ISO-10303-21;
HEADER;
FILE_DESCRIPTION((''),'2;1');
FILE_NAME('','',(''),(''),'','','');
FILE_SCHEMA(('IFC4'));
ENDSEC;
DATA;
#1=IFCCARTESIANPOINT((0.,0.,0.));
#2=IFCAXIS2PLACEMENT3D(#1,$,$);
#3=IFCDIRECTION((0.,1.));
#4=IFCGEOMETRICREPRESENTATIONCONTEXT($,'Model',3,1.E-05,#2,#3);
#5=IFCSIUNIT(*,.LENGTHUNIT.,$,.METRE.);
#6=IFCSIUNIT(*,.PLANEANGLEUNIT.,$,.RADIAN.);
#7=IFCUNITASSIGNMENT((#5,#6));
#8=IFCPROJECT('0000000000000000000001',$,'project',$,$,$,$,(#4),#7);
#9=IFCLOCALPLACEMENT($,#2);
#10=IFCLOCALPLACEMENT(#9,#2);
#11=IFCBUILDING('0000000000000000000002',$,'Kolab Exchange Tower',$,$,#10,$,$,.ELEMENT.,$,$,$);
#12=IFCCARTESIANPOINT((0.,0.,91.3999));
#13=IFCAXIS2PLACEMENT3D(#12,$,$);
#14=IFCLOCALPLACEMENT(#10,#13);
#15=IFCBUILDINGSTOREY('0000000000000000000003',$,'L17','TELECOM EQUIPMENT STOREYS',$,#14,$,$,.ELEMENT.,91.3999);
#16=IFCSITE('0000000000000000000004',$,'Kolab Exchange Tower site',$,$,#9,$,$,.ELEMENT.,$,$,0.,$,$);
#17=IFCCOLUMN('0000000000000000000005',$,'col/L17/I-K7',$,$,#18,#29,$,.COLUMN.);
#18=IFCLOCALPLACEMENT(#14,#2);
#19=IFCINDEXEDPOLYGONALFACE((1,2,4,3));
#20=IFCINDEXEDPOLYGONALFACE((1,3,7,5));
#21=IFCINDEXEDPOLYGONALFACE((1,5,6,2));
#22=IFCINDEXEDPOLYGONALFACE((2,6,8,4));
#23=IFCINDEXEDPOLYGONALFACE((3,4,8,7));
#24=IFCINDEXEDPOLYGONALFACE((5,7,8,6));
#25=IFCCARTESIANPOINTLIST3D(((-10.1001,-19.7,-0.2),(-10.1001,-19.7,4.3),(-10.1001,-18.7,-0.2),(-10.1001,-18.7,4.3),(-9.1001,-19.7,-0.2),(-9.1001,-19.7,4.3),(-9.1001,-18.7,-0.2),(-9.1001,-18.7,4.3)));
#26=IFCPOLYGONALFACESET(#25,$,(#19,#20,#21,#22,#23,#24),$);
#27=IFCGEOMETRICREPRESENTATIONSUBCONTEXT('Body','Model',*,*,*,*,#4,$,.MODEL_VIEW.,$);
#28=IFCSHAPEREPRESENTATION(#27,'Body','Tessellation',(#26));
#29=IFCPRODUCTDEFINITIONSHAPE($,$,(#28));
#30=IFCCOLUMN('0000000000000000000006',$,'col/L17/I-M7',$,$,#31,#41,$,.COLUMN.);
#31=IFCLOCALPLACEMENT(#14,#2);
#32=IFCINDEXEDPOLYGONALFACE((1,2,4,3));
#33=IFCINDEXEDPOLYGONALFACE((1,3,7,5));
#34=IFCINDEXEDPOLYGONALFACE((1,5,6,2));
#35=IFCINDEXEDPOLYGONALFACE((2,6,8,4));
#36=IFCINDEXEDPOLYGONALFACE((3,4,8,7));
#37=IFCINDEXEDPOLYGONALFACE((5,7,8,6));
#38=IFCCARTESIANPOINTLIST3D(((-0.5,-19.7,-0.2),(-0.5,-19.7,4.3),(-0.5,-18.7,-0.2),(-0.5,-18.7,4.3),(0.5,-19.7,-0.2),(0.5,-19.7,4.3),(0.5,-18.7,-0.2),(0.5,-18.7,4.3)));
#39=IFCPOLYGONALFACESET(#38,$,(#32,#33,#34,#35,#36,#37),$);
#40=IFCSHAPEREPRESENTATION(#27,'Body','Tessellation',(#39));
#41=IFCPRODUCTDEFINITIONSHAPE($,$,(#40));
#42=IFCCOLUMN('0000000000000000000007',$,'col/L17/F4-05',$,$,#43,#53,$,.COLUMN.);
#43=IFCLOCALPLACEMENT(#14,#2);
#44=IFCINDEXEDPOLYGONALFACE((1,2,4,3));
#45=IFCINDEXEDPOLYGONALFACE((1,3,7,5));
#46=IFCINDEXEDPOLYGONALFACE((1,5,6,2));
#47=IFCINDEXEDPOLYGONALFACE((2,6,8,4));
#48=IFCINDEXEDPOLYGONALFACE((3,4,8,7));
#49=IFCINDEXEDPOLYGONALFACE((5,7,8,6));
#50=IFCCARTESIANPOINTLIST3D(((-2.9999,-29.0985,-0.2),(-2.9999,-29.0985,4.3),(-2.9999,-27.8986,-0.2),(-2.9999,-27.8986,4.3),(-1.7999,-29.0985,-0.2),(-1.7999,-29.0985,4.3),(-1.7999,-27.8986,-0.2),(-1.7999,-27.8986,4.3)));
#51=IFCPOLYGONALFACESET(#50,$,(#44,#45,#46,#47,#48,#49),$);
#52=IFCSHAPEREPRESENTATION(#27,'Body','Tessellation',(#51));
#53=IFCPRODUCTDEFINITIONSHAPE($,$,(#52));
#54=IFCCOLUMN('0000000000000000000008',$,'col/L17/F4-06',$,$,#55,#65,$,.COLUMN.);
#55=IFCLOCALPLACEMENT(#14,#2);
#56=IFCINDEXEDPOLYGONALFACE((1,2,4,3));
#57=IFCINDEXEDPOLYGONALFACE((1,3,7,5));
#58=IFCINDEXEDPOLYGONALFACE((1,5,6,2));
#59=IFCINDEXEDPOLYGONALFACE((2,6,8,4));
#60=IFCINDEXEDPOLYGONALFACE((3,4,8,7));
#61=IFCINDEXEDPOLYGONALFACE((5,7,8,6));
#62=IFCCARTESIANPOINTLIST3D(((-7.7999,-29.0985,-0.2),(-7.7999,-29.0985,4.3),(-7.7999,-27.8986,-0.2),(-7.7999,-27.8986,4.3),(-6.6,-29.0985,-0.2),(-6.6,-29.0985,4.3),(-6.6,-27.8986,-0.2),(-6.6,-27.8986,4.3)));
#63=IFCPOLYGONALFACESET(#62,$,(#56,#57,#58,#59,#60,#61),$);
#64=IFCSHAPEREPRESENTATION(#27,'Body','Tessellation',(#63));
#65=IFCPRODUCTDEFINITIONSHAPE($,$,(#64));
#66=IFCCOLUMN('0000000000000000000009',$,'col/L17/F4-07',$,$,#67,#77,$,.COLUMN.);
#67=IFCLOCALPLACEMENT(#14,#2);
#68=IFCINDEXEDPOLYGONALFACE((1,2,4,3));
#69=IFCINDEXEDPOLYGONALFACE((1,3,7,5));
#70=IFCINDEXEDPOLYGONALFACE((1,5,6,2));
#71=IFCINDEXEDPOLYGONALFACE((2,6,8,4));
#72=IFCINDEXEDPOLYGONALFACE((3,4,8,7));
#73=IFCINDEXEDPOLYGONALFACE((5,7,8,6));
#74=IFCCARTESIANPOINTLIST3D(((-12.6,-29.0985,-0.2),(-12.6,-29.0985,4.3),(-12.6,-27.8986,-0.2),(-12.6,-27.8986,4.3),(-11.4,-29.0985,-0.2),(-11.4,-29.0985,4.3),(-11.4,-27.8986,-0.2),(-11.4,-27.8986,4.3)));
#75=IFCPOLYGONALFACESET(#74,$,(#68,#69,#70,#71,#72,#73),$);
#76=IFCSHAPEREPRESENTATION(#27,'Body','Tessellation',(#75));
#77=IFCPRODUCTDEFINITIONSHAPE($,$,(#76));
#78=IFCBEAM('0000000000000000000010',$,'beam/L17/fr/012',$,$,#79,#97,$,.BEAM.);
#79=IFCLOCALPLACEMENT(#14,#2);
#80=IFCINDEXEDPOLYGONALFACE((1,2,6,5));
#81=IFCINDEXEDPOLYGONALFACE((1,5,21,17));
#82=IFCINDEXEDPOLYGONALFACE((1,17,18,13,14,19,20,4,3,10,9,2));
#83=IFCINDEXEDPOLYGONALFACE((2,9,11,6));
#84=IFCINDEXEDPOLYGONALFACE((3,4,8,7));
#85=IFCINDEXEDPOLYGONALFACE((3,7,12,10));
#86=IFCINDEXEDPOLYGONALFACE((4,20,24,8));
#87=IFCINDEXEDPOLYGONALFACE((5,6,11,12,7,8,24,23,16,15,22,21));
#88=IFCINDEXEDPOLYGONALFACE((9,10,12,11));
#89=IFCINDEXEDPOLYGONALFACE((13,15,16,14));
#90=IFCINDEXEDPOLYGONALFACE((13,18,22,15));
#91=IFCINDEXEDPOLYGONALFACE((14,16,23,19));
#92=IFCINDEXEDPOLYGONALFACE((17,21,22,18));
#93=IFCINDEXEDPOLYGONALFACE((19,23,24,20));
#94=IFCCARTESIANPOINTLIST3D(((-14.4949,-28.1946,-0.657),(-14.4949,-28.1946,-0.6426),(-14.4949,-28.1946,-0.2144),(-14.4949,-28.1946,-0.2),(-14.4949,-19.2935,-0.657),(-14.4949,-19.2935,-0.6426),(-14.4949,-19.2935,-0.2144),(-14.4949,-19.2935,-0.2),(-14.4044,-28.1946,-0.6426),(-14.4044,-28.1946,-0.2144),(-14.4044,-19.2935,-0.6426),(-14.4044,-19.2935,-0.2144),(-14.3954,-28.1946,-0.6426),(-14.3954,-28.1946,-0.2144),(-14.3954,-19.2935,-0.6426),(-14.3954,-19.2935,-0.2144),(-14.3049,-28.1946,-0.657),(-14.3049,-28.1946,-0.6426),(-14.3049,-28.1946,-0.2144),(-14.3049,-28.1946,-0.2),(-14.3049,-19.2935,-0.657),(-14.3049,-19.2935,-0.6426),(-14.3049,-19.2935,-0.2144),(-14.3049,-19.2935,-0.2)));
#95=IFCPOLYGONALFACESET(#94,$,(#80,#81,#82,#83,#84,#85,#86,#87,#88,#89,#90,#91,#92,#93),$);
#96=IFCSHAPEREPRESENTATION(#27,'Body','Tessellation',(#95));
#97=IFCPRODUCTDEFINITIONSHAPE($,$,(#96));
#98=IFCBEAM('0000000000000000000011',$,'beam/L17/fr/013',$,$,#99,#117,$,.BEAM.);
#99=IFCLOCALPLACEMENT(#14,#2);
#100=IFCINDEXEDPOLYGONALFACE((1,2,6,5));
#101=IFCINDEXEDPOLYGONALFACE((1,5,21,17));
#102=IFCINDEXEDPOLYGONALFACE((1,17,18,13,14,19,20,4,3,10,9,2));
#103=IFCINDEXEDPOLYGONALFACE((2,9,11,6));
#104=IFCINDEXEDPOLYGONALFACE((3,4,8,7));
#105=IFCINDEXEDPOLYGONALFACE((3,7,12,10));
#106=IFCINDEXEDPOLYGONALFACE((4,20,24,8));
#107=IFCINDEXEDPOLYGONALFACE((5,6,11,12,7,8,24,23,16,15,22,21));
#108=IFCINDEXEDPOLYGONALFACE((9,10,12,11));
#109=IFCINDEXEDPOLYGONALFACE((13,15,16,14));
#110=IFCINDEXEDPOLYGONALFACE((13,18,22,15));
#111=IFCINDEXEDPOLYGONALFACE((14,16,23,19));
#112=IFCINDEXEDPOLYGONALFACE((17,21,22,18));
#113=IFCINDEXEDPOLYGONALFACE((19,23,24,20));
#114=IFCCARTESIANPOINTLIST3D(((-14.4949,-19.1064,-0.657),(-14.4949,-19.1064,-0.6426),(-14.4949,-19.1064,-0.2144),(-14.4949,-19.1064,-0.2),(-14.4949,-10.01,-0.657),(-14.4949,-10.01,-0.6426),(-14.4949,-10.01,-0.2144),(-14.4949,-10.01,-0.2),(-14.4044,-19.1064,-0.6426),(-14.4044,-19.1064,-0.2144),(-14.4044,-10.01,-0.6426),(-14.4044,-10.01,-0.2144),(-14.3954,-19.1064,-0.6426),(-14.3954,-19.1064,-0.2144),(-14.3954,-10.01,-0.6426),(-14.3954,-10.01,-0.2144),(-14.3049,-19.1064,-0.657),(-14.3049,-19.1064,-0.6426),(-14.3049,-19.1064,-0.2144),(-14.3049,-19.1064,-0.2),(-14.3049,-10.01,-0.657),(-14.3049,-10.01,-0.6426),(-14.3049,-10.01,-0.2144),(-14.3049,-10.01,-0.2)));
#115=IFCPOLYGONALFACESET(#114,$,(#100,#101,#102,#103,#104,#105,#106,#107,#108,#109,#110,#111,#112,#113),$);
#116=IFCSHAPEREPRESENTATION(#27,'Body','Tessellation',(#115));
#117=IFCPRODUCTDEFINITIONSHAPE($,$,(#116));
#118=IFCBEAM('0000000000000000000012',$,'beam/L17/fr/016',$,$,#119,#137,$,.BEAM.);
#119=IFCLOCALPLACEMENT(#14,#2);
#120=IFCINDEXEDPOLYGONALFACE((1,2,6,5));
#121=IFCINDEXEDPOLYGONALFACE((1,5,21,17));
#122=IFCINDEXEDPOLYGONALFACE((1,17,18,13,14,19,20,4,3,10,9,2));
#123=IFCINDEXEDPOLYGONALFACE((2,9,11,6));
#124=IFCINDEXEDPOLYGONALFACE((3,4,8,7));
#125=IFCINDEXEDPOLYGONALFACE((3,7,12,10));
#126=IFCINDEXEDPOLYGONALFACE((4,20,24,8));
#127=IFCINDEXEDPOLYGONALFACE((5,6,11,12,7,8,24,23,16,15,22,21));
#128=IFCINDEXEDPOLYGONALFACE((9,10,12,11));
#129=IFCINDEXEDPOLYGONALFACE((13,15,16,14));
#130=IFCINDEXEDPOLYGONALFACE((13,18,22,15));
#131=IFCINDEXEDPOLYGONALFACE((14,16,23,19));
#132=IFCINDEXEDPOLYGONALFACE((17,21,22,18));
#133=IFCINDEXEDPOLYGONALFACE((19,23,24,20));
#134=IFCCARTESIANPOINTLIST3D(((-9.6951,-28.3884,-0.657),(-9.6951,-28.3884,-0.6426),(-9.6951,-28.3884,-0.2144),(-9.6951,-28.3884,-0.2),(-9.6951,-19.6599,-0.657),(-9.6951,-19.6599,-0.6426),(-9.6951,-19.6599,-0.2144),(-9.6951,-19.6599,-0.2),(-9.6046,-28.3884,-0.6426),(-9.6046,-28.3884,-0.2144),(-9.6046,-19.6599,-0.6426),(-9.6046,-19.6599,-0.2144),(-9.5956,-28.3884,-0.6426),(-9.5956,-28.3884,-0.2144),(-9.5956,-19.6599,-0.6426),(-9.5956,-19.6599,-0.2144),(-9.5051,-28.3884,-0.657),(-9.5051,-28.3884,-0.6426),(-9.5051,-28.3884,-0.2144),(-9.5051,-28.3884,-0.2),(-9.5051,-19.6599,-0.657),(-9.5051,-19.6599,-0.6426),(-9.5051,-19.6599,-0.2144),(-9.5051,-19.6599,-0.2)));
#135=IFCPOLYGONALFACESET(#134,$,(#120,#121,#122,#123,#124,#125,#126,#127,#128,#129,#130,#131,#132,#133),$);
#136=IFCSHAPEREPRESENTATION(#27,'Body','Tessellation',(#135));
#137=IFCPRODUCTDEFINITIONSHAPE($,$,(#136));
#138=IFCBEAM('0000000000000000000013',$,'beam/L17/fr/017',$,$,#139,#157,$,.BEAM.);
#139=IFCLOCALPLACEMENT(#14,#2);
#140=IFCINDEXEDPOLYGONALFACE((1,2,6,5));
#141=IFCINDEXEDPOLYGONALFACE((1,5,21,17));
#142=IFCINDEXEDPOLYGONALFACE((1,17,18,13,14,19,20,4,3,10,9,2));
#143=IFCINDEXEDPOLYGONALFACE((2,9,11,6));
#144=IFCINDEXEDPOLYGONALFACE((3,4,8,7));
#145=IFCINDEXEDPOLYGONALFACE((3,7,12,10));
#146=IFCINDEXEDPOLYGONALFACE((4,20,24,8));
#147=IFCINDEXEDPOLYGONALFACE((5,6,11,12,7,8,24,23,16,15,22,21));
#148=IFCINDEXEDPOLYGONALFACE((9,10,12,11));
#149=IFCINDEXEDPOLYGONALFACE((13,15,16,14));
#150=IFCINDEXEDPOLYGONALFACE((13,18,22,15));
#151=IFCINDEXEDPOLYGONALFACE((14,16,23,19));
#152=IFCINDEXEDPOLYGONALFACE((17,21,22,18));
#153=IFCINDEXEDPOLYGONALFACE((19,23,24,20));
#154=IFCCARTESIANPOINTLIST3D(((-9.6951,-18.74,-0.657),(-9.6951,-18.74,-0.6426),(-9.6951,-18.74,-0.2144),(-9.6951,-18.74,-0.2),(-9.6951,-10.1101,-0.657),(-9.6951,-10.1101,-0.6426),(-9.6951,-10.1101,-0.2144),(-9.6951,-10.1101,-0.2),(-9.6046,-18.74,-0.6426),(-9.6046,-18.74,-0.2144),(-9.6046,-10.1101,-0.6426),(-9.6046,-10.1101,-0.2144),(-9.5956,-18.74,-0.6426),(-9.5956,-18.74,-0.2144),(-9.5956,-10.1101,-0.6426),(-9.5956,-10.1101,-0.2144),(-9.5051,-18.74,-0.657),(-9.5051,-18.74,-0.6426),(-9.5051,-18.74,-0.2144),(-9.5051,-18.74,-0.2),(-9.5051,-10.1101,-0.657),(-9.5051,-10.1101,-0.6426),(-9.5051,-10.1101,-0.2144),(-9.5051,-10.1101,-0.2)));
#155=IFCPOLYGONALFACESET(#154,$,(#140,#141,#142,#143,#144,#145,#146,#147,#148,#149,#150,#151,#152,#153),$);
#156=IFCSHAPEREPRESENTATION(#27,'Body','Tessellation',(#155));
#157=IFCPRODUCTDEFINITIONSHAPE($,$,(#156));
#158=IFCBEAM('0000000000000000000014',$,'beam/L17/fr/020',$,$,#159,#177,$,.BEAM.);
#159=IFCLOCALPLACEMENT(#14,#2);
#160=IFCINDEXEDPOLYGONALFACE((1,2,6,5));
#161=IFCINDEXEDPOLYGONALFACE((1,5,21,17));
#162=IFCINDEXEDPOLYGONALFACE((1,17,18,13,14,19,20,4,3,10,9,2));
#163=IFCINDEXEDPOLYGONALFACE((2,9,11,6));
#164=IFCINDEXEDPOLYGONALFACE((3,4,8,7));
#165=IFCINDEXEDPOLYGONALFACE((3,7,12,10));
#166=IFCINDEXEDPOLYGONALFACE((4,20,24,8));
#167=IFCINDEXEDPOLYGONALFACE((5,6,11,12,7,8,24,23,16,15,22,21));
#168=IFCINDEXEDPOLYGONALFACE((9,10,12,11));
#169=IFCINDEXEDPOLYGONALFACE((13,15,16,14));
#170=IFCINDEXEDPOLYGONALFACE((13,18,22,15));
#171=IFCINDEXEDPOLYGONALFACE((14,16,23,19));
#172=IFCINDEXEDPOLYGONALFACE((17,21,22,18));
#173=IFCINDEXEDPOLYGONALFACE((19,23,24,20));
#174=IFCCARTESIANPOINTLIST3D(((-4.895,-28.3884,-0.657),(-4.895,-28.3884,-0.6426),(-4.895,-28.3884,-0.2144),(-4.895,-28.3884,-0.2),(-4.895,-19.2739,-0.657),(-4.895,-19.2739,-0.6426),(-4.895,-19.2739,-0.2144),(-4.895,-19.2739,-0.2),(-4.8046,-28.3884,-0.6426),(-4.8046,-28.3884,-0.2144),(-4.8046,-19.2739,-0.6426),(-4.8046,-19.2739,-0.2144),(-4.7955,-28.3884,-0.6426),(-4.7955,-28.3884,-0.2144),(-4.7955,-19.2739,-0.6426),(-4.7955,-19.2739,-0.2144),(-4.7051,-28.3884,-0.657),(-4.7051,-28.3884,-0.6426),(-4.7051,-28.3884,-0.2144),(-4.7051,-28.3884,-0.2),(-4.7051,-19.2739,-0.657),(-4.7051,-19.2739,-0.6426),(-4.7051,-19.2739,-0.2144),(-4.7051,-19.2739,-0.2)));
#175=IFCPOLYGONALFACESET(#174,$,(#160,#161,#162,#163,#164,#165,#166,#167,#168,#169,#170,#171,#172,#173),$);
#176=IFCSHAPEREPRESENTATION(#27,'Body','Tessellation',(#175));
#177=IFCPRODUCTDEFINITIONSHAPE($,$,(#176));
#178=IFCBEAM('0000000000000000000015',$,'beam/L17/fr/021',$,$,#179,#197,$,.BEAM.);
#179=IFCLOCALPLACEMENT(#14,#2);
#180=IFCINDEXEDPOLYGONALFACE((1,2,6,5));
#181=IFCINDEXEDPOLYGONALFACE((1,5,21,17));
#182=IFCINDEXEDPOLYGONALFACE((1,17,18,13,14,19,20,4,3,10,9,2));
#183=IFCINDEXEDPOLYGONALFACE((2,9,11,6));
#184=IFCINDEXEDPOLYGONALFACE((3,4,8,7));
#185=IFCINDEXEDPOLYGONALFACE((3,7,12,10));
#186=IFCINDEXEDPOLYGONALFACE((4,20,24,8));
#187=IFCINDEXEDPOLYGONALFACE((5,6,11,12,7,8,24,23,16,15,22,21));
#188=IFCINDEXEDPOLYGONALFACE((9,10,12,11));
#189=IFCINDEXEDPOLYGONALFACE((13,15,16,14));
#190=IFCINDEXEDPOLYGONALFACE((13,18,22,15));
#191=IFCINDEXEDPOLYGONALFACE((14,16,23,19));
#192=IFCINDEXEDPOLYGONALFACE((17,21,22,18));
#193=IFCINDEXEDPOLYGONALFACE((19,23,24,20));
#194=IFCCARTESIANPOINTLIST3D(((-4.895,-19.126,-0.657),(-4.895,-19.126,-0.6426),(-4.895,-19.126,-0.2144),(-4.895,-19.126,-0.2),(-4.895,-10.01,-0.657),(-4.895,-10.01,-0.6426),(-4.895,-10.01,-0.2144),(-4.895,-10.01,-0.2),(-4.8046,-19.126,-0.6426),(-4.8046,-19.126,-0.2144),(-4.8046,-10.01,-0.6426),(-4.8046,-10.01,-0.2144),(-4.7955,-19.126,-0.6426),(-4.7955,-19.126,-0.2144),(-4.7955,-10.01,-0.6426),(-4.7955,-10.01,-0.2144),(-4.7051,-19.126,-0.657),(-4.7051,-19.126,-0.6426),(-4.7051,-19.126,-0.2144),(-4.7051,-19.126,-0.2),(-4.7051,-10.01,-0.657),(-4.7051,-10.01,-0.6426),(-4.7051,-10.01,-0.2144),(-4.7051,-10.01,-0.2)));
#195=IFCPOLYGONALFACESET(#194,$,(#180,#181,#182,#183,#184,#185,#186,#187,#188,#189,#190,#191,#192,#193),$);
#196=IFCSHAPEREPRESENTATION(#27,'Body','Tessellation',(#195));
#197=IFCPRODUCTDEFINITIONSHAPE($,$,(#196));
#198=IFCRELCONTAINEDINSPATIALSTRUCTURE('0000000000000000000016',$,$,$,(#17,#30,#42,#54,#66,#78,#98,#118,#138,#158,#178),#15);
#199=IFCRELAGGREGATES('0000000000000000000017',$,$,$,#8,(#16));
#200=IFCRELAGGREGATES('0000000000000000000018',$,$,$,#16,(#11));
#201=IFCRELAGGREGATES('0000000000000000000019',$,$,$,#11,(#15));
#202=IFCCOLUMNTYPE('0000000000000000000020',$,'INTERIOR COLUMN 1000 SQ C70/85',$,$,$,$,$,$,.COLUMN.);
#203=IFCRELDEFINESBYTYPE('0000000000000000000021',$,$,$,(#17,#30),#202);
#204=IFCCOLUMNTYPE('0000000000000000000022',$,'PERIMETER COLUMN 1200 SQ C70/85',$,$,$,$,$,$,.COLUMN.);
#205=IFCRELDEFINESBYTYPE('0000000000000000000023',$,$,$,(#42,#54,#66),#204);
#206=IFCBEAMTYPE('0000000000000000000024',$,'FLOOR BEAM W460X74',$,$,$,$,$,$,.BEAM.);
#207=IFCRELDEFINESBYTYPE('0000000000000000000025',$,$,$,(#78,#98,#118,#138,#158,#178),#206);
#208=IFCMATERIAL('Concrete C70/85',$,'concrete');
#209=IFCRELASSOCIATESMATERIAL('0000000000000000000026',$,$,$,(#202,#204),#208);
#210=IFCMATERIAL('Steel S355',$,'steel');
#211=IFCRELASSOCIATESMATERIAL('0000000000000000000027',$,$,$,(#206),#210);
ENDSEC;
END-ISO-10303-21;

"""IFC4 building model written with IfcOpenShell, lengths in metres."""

from ifc_helpers import new_model, si_unit, direction, frame, origin, origin_2d, place, context, subcontext, project, spatial, rectangle, i_section, extrude, material, material_profile, profile_set, type_object, element, save


model = new_model("IFC4")

# Units and contexts
model_context = context("Model", 3, precision=1e-05, world=origin(), true_north=direction((0.0, 1.0)))
body_context = subcontext(model_context, "Body", "Model", "MODEL_VIEW")
ifc_project = project(units=[si_unit("LENGTHUNIT", "METRE"), si_unit("PLANEANGLEUNIT", "RADIAN")], contexts=[model_context])

# Site, building, storey
site_placement = place(None, origin())
site = spatial("IfcSite", under=ifc_project, at=site_placement, Name="Kolab Exchange Tower site", CompositionType="ELEMENT", RefElevation=0.0)
building_placement = place(site_placement, origin())
building = spatial("IfcBuilding", under=site, at=building_placement, Name="Kolab Exchange Tower", CompositionType="ELEMENT")
storey_placement = place(building_placement, frame((0.0, 0.0, 91.3999)))
storey = spatial("IfcBuildingStorey", under=building, at=storey_placement, Name="L17", Description="TELECOM EQUIPMENT STOREYS", CompositionType="ELEMENT", Elevation=91.3999)

# Columns
ifc_material_1 = material(Name="Concrete C70/85", Category="concrete")
ifc_material_profile_1 = material_profile(ifc_material_1, rectangle(XDim=1.0, YDim=1.0, at=origin_2d()), Name="RC1000")
ifc_profile_set_1 = profile_set([ifc_material_profile_1], Name="Concrete C70/85")
column_type_1 = type_object("IfcColumnType", Name="INTERIOR COLUMN 1000 SQ C70/85", PredefinedType="COLUMN", material=ifc_profile_set_1)
for number, where, z_axis, x_axis, name in (
    (1, (-9.6001, -19.2, -0.2), (0.0, 0.0, 1.0), (1.0, 0.0, 0.0), "col/L17/I-K7"),
    (2, (0.0, -19.2, -0.2), (0.0, 0.0, 1.0), (1.0, 0.0, 0.0), "col/L17/I-M7"),
):
    element("IfcColumn", number, at=place(storey_placement, frame(where, z_axis=z_axis, x_axis=x_axis)), inside=storey, type_object=column_type_1, Name=name, PredefinedType="COLUMN", context=body_context, shape_type="SweptSolid", body=[
        extrude(rectangle(XDim=1.0, YDim=1.0, at=origin_2d()), origin(), (0.0, 0.0, 1.0), 4.5),
    ])
ifc_material_profile_2 = material_profile(ifc_material_1, rectangle(XDim=1.2, YDim=1.2, at=origin_2d()), Name="RC1200")
ifc_profile_set_2 = profile_set([ifc_material_profile_2], Name="Concrete C70/85")
column_type_2 = type_object("IfcColumnType", Name="PERIMETER COLUMN 1200 SQ C70/85", PredefinedType="COLUMN", material=ifc_profile_set_2)
for number, where, z_axis, x_axis, name in (
    (3, (-2.3999, -28.4985, -0.2), (0.0, 0.0, 1.0), (1.0, 0.0, 0.0), "col/L17/F4-05"),
    (4, (-7.2, -28.4985, -0.2), (0.0, 0.0, 1.0), (1.0, 0.0, 0.0), "col/L17/F4-06"),
    (5, (-12.0, -28.4985, -0.2), (0.0, 0.0, 1.0), (1.0, 0.0, 0.0), "col/L17/F4-07"),
):
    element("IfcColumn", number, at=place(storey_placement, frame(where, z_axis=z_axis, x_axis=x_axis)), inside=storey, type_object=column_type_2, Name=name, PredefinedType="COLUMN", context=body_context, shape_type="SweptSolid", body=[
        extrude(rectangle(XDim=1.2, YDim=1.2, at=origin_2d()), origin(), (0.0, 0.0, 1.0), 4.5),
    ])

# Beams
ifc_material_2 = material(Name="Steel S355", Category="steel")
ifc_material_profile_3 = material_profile(ifc_material_2, i_section(OverallWidth=0.1899, OverallDepth=0.457, WebThickness=0.009, FlangeThickness=0.0144, at=origin_2d()), Name="W460X74")
ifc_profile_set_3 = profile_set([ifc_material_profile_3], Name="Steel S355")
beam_type_1 = type_object("IfcBeamType", Name="FLOOR BEAM W460X74", PredefinedType="BEAM", material=ifc_profile_set_3)
beam_1_placement = place(storey_placement, frame((-14.3999, -28.1946, -0.4285), z_axis=(0.0, 1.0, 0.0), x_axis=(-1.0, 0.0, 0.0)))
element("IfcBeam", 6, at=beam_1_placement, inside=storey, type_object=beam_type_1, Name="beam/L17/fr/012", PredefinedType="BEAM", context=body_context, shape_type="SweptSolid", body=[
    extrude(i_section(OverallWidth=0.1899, OverallDepth=0.457, WebThickness=0.009, FlangeThickness=0.0144, at=origin_2d()), origin(), (0.0, 0.0, 1.0), 8.9011),
])
beam_2_placement = place(storey_placement, frame((-14.3999, -19.1064, -0.4285), z_axis=(0.0, 1.0, 0.0), x_axis=(-1.0, 0.0, 0.0)))
element("IfcBeam", 7, at=beam_2_placement, inside=storey, type_object=beam_type_1, Name="beam/L17/fr/013", PredefinedType="BEAM", context=body_context, shape_type="SweptSolid", body=[
    extrude(i_section(OverallWidth=0.1899, OverallDepth=0.457, WebThickness=0.009, FlangeThickness=0.0144, at=origin_2d()), origin(), (0.0, 0.0, 1.0), 9.0964),
])
beam_3_placement = place(storey_placement, frame((-9.6001, -28.3884, -0.4285), z_axis=(0.0, 1.0, 0.0), x_axis=(-1.0, 0.0, 0.0)))
element("IfcBeam", 8, at=beam_3_placement, inside=storey, type_object=beam_type_1, Name="beam/L17/fr/016", PredefinedType="BEAM", context=body_context, shape_type="SweptSolid", body=[
    extrude(i_section(OverallWidth=0.1899, OverallDepth=0.457, WebThickness=0.009, FlangeThickness=0.0144, at=origin_2d()), origin(), (0.0, 0.0, 1.0), 8.7285),
])
beam_4_placement = place(storey_placement, frame((-9.6001, -18.74, -0.4285), z_axis=(0.0, 1.0, 0.0), x_axis=(-1.0, 0.0, 0.0)))
element("IfcBeam", 9, at=beam_4_placement, inside=storey, type_object=beam_type_1, Name="beam/L17/fr/017", PredefinedType="BEAM", context=body_context, shape_type="SweptSolid", body=[
    extrude(i_section(OverallWidth=0.1899, OverallDepth=0.457, WebThickness=0.009, FlangeThickness=0.0144, at=origin_2d()), origin(), (0.0, 0.0, 1.0), 8.6299),
])
beam_5_placement = place(storey_placement, frame((-4.8, -28.3884, -0.4285), z_axis=(0.0, 1.0, 0.0), x_axis=(-1.0, 0.0, 0.0)))
element("IfcBeam", 10, at=beam_5_placement, inside=storey, type_object=beam_type_1, Name="beam/L17/fr/020", PredefinedType="BEAM", context=body_context, shape_type="SweptSolid", body=[
    extrude(i_section(OverallWidth=0.1899, OverallDepth=0.457, WebThickness=0.009, FlangeThickness=0.0144, at=origin_2d()), origin(), (0.0, 0.0, 1.0), 9.1145),
])
beam_6_placement = place(storey_placement, frame((-4.8, -19.126, -0.4285), z_axis=(0.0, 1.0, 0.0), x_axis=(-1.0, 0.0, 0.0)))
element("IfcBeam", 11, at=beam_6_placement, inside=storey, type_object=beam_type_1, Name="beam/L17/fr/021", PredefinedType="BEAM", context=body_context, shape_type="SweptSolid", body=[
    extrude(i_section(OverallWidth=0.1899, OverallDepth=0.457, WebThickness=0.009, FlangeThickness=0.0144, at=origin_2d()), origin(), (0.0, 0.0, 1.0), 9.116),
])

save(model, "model.ifc")
